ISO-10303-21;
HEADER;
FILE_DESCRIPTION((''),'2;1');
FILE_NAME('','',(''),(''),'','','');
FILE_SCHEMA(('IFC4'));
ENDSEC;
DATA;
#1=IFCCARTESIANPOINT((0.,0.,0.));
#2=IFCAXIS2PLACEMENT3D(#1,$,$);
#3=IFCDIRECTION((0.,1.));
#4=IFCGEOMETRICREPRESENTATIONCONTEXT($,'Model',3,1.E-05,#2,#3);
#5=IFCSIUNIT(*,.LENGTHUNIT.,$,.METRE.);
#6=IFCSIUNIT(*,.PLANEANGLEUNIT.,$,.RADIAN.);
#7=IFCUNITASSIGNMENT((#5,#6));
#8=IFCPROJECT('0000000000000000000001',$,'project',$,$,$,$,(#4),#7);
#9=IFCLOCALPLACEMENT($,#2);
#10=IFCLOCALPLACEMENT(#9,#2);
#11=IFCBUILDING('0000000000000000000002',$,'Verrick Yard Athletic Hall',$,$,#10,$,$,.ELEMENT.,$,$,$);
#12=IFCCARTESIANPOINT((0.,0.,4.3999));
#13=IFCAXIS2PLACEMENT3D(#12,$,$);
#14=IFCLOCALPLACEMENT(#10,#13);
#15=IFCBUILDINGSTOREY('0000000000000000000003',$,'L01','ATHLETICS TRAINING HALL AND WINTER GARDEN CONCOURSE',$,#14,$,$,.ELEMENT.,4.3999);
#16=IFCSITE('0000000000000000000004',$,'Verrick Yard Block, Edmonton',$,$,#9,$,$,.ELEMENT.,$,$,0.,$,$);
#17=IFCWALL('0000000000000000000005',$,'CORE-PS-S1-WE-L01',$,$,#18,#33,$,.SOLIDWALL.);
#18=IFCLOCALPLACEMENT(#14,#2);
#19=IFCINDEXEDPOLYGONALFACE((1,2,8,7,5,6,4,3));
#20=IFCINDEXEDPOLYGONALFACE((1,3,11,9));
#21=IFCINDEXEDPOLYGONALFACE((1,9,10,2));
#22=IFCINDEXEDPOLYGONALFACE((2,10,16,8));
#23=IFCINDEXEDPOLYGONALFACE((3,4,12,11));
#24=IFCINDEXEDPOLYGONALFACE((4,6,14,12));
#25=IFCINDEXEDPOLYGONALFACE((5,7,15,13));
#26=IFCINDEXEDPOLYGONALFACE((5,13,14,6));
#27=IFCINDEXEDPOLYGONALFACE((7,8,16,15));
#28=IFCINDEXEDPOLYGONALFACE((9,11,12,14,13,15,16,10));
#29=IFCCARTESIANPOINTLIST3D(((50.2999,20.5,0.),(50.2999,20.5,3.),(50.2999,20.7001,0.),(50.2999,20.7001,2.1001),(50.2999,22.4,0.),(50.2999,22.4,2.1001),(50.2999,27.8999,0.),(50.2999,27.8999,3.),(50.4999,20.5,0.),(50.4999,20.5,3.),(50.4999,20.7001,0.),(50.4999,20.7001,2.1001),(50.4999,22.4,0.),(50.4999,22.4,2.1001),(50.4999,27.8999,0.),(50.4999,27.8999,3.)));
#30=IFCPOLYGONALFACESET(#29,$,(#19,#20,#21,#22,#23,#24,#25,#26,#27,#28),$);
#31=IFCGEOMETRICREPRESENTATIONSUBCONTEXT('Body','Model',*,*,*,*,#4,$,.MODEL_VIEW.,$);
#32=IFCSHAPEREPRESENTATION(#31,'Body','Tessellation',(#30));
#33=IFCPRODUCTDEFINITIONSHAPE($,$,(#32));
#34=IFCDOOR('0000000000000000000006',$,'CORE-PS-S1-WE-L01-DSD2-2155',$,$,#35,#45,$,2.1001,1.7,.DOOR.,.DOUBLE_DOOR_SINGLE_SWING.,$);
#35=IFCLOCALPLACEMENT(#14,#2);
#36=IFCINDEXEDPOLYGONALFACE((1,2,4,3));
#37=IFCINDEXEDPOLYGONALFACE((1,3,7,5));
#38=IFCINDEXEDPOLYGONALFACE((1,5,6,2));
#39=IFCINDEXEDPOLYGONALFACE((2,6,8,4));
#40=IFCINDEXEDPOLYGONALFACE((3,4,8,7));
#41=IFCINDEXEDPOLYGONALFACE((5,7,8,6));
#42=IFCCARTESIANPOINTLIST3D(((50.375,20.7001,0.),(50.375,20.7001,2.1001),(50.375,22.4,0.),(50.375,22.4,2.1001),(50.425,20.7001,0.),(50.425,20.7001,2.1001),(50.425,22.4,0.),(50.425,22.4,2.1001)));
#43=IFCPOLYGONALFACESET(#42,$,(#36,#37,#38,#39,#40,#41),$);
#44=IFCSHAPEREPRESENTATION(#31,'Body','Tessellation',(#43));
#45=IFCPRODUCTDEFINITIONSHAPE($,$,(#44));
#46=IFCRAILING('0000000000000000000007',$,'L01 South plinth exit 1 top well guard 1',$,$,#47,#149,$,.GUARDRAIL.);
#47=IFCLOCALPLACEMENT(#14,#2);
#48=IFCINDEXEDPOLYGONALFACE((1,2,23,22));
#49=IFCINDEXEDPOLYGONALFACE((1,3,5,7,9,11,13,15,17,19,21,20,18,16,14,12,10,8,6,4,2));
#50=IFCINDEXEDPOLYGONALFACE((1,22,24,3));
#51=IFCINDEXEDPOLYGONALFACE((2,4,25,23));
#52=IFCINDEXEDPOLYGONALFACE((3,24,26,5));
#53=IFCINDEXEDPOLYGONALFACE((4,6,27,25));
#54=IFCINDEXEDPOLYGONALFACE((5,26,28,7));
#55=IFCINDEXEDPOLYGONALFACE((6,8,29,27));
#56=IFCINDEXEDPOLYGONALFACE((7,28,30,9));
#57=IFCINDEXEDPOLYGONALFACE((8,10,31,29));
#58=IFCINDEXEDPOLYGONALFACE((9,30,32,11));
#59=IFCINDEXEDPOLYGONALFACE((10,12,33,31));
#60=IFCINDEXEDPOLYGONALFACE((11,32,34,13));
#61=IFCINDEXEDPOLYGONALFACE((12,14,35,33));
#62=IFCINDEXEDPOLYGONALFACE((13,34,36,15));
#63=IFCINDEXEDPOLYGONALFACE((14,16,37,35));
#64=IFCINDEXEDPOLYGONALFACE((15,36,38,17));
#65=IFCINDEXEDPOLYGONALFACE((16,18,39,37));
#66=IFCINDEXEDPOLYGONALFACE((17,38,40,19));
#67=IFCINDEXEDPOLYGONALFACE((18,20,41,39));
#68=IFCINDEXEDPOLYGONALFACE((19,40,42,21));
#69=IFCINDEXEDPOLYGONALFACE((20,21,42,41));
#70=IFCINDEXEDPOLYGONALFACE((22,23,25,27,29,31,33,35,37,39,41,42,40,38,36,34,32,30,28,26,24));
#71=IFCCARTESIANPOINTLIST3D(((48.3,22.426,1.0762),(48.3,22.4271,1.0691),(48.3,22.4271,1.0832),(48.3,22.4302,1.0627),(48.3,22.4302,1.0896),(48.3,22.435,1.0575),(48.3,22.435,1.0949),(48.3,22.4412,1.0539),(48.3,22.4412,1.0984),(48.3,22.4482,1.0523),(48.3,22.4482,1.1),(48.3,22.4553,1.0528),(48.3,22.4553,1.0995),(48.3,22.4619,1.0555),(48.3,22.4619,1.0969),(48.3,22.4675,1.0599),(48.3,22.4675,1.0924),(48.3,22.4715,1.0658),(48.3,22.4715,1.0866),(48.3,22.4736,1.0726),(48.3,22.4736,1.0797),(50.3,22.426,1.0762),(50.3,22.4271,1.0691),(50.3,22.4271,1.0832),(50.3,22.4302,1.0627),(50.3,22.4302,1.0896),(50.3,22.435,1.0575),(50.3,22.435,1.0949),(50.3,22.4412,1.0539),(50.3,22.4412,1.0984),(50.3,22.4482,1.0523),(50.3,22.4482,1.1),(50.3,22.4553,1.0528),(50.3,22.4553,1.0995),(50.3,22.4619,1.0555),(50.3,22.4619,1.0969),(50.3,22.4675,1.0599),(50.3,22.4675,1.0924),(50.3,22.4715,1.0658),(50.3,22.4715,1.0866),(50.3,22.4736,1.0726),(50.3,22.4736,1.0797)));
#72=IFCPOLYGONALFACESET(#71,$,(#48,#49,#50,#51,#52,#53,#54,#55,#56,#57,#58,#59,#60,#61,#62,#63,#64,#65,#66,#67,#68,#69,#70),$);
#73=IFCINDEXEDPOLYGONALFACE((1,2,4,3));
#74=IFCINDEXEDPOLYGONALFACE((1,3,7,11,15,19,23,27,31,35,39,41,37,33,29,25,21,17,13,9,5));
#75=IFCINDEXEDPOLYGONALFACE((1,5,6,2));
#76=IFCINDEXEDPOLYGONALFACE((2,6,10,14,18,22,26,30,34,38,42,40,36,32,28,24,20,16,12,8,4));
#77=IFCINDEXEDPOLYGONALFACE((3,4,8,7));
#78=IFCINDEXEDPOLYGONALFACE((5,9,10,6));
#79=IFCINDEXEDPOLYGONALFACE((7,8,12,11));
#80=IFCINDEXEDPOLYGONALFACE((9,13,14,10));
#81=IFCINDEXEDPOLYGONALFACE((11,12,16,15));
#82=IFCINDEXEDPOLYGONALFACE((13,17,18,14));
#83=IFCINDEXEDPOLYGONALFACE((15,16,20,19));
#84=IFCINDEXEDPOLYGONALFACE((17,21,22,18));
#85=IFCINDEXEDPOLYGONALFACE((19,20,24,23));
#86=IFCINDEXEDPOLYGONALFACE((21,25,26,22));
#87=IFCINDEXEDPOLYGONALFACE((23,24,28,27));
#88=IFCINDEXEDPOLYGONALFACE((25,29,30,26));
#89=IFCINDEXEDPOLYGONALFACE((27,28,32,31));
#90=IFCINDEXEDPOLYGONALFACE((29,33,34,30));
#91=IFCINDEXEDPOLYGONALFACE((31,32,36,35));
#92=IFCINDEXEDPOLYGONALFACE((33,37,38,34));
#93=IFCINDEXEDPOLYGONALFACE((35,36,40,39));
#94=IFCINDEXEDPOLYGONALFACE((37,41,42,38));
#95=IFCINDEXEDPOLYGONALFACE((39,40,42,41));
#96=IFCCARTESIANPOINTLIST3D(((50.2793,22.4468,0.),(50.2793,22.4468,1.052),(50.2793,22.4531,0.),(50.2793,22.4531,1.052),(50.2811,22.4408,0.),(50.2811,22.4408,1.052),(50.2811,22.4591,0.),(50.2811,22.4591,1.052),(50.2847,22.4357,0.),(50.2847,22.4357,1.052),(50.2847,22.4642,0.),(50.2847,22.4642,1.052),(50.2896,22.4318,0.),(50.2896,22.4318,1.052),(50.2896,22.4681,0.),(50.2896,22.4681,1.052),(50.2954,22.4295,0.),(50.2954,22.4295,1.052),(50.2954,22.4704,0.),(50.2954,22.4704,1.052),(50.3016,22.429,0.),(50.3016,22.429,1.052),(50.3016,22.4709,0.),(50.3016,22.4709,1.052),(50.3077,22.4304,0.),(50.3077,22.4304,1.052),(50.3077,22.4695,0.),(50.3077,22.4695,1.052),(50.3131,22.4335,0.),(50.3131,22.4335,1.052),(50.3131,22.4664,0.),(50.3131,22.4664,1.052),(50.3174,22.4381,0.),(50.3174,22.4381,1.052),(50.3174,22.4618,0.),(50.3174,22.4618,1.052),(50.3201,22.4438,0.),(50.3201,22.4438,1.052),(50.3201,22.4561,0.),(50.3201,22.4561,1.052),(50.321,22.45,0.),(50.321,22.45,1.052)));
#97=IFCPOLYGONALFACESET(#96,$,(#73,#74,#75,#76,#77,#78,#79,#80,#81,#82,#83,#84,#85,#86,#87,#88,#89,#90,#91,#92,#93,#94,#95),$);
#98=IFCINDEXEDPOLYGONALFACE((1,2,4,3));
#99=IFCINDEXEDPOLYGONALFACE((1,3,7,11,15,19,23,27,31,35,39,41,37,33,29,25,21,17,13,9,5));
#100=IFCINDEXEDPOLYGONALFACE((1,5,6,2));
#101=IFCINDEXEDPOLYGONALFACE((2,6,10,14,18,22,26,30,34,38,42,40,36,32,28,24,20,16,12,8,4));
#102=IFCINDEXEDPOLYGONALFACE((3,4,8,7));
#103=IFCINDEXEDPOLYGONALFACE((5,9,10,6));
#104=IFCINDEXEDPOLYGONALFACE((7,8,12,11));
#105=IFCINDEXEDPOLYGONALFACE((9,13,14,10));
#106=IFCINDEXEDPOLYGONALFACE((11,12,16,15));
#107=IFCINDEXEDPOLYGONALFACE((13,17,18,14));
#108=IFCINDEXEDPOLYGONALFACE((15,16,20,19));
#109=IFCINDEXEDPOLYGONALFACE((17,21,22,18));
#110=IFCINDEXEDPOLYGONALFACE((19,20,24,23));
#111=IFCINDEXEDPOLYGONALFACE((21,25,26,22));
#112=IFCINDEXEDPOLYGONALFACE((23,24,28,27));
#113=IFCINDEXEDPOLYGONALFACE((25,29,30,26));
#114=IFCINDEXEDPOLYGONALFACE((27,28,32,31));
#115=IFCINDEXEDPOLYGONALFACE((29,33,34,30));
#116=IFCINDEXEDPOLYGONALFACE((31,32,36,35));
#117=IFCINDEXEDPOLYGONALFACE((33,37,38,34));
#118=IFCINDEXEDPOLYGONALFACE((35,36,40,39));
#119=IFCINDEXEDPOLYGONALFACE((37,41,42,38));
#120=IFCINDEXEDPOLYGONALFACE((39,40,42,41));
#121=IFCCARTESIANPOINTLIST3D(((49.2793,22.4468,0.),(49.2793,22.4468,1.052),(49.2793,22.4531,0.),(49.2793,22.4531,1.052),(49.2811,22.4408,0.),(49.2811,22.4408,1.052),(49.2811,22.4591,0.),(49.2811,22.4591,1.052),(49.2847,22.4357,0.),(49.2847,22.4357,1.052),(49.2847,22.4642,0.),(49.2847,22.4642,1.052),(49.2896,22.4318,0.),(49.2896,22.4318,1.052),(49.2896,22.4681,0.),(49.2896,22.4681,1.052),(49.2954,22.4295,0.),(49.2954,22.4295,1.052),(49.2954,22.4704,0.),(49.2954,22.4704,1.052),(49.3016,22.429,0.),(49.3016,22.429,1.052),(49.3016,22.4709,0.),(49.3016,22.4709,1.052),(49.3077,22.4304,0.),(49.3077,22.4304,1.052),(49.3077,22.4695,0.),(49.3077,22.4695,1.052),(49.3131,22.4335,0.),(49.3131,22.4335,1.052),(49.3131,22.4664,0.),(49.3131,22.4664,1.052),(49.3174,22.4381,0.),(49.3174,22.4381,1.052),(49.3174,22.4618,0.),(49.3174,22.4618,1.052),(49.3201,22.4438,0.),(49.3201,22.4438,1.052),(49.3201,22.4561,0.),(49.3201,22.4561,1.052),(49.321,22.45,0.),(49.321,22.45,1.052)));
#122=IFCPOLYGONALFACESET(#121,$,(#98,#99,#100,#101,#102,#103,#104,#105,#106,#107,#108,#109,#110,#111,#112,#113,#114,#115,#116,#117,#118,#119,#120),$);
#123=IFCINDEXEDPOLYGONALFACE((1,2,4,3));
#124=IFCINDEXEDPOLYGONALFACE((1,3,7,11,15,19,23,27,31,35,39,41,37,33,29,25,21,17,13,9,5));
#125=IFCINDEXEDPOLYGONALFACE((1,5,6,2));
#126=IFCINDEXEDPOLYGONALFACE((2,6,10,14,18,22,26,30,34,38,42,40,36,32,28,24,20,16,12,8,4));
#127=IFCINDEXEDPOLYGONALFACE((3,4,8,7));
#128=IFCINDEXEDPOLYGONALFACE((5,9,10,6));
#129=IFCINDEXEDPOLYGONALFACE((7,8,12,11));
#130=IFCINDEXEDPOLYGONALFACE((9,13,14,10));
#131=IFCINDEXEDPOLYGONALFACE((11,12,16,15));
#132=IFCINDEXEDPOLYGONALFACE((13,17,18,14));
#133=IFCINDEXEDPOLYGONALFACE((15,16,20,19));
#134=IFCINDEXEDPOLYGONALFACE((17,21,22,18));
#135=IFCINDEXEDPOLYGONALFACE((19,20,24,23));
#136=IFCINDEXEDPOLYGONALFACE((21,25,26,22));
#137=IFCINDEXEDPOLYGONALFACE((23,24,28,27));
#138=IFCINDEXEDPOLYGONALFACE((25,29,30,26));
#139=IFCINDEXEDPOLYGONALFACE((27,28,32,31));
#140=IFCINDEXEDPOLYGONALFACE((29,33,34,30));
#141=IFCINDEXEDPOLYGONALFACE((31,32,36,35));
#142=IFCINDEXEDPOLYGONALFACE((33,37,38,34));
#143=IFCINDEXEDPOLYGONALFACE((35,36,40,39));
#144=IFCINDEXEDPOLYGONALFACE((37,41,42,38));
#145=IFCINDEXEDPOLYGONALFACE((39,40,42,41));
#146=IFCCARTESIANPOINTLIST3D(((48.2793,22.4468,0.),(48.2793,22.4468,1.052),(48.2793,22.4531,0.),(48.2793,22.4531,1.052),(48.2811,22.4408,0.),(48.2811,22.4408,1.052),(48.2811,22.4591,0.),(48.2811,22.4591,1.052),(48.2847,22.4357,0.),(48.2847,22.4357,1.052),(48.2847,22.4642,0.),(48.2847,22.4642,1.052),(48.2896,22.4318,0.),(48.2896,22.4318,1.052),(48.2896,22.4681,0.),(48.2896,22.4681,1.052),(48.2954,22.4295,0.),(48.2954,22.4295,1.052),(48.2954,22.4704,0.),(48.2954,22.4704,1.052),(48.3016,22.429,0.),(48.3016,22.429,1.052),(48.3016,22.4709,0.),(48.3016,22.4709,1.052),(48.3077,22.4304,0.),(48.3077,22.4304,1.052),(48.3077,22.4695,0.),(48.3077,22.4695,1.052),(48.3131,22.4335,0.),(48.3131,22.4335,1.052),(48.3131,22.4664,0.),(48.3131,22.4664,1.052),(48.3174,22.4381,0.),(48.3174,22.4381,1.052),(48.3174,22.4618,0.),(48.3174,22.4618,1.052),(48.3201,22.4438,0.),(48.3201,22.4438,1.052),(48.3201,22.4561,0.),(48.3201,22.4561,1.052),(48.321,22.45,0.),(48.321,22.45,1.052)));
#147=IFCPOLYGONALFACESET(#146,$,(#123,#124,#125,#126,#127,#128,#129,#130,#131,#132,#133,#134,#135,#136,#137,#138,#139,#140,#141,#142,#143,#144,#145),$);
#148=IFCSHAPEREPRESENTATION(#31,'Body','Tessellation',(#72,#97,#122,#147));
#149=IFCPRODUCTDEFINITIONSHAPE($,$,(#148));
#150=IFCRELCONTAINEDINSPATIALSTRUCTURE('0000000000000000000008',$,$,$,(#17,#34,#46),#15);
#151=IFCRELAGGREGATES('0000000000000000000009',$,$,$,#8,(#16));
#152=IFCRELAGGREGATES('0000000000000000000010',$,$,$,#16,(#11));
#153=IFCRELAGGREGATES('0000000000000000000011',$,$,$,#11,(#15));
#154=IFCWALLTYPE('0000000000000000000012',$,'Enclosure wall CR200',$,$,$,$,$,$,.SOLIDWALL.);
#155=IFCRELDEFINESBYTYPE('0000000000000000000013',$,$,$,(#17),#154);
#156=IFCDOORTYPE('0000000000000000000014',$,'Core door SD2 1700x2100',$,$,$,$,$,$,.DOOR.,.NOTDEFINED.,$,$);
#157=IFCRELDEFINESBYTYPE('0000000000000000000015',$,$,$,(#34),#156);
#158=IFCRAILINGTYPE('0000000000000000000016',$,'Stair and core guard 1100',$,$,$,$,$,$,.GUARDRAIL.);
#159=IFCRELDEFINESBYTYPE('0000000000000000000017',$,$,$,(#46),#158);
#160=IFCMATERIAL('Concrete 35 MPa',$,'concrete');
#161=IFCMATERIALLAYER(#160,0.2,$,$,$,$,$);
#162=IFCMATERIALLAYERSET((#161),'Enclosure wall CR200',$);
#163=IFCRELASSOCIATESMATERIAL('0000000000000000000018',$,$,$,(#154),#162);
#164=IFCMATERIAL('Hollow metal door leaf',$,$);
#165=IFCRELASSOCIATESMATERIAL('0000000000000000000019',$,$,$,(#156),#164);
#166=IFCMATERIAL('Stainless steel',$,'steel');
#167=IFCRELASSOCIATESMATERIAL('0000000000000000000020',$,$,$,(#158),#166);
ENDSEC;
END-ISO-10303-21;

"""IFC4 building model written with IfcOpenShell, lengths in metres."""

from ifc_helpers import new_model, si_unit, direction, frame, frame_2d, origin, origin_2d, place, context, subcontext, project, spatial, rectangle, circle, extrude, material, layer, layer_set, type_object, element, fill, save


model = new_model("IFC4")

# Units and contexts
model_context = context("Model", 3, precision=1e-05, world=origin(), true_north=direction((0.0, 1.0)))
body_context = subcontext(model_context, "Body", "Model", "MODEL_VIEW")
ifc_project = project(units=[si_unit("LENGTHUNIT", "METRE"), si_unit("PLANEANGLEUNIT", "RADIAN")], contexts=[model_context])

# Site, building, storey
site_placement = place(None, origin())
site = spatial("IfcSite", under=ifc_project, at=site_placement, Name="Verrick Yard Block, Edmonton", CompositionType="ELEMENT", RefElevation=0.0)
building_placement = place(site_placement, origin())
building = spatial("IfcBuilding", under=site, at=building_placement, Name="Verrick Yard Athletic Hall", CompositionType="ELEMENT")
storey_placement = place(building_placement, frame((0.0, 0.0, 4.3999)))
storey = spatial("IfcBuildingStorey", under=building, at=storey_placement, Name="L01", Description="ATHLETICS TRAINING HALL AND WINTER GARDEN CONCOURSE", CompositionType="ELEMENT", Elevation=4.3999)

# Shared definitions
ifc_material_1 = material(Name="Concrete 35 MPa", Category="concrete")

# Wall, opening, door
ifc_layer_1 = layer(ifc_material_1, 0.2)
ifc_layer_set_1 = layer_set([ifc_layer_1], Name="Enclosure wall CR200")
wall_type = type_object("IfcWallType", Name="Enclosure wall CR200", PredefinedType="SOLIDWALL", material=ifc_layer_set_1)
wall_placement = place(storey_placement, frame((50.3999, 20.5, 0.0), z_axis=(0.0, 0.0, 1.0), x_axis=(0.0, 1.0, 0.0)))
wall = element("IfcWall", 1, at=wall_placement, inside=storey, type_object=wall_type, Name="CORE-PS-S1-WE-L01", PredefinedType="SOLIDWALL", context=body_context, shape_type="SweptSolid", body=[
    extrude(rectangle(XDim=7.3999, YDim=0.2, at=frame_2d((3.7, 0.0))), origin(), (0.0, 0.0, 1.0), 3.0),
])
opening_placement = place(wall_placement, frame((0.2, 0.0, 0.0)))
opening = element("IfcOpeningElement", 2, at=opening_placement, cuts=wall, PredefinedType="OPENING", context=body_context, shape_type="SweptSolid", body=[
    extrude(rectangle(XDim=1.7, YDim=2.1001, at=frame_2d((0.8501, 1.05))), frame((0.0, 0.1099, 0.0), z_axis=(0.0, -1.0, 0.0), x_axis=(1.0, 0.0, 0.0)), (0.0, 0.0, 1.0), 0.22),
])
ifc_material_2 = material(Name="Hollow metal door leaf")
door_type = type_object("IfcDoorType", Name="Core door SD2 1700x2100", OperationType="NOTDEFINED", PredefinedType="DOOR", material=ifc_material_2)
door_placement = place(opening_placement, origin())
door = element("IfcDoor", 3, at=door_placement, inside=storey, type_object=door_type, Name="CORE-PS-S1-WE-L01-DSD2-2155", OperationType="DOUBLE_DOOR_SINGLE_SWING", OverallHeight=2.1001, OverallWidth=1.7, PredefinedType="DOOR", context=body_context, shape_type="SweptSolid", body=[
    extrude(rectangle(XDim=1.7, YDim=2.1001, at=frame_2d((0.8501, 1.05))), frame((0.0, 0.0249, 0.0), z_axis=(0.0, -1.0, 0.0), x_axis=(1.0, 0.0, 0.0)), (0.0, 0.0, 1.0), 0.05),
])
fill(opening, door)

# Railing
ifc_material_3 = material(Name="Stainless steel", Category="steel")
railing_type = type_object("IfcRailingType", Name="Stair and core guard 1100", PredefinedType="GUARDRAIL", material=ifc_material_3)
railing_placement = place(storey_placement, frame((50.3, 22.45, 0.0)))
element("IfcRailing", 4, at=railing_placement, inside=storey, type_object=railing_type, Name="L01 South plinth exit 1 top well guard 1", PredefinedType="GUARDRAIL", context=body_context, shape_type="SweptSolid", body=[
    extrude(circle(Radius=0.0239, at=origin_2d()), frame((0.0, 0.0, 1.0762), z_axis=(-1.0, 0.0, 0.0), x_axis=(0.0, -1.0, 0.0)), (0.0, 0.0, 1.0), 2.0),
    extrude(circle(Radius=0.021, at=origin_2d()), origin(), (0.0, 0.0, 1.0), 1.052),
    extrude(circle(Radius=0.021, at=origin_2d()), frame((-1.0, 0.0, 0.0)), (0.0, 0.0, 1.0), 1.052),
    extrude(circle(Radius=0.021, at=origin_2d()), frame((-2.0, 0.0, 0.0)), (0.0, 0.0, 1.0), 1.052),
])

save(model, "model.ifc")
